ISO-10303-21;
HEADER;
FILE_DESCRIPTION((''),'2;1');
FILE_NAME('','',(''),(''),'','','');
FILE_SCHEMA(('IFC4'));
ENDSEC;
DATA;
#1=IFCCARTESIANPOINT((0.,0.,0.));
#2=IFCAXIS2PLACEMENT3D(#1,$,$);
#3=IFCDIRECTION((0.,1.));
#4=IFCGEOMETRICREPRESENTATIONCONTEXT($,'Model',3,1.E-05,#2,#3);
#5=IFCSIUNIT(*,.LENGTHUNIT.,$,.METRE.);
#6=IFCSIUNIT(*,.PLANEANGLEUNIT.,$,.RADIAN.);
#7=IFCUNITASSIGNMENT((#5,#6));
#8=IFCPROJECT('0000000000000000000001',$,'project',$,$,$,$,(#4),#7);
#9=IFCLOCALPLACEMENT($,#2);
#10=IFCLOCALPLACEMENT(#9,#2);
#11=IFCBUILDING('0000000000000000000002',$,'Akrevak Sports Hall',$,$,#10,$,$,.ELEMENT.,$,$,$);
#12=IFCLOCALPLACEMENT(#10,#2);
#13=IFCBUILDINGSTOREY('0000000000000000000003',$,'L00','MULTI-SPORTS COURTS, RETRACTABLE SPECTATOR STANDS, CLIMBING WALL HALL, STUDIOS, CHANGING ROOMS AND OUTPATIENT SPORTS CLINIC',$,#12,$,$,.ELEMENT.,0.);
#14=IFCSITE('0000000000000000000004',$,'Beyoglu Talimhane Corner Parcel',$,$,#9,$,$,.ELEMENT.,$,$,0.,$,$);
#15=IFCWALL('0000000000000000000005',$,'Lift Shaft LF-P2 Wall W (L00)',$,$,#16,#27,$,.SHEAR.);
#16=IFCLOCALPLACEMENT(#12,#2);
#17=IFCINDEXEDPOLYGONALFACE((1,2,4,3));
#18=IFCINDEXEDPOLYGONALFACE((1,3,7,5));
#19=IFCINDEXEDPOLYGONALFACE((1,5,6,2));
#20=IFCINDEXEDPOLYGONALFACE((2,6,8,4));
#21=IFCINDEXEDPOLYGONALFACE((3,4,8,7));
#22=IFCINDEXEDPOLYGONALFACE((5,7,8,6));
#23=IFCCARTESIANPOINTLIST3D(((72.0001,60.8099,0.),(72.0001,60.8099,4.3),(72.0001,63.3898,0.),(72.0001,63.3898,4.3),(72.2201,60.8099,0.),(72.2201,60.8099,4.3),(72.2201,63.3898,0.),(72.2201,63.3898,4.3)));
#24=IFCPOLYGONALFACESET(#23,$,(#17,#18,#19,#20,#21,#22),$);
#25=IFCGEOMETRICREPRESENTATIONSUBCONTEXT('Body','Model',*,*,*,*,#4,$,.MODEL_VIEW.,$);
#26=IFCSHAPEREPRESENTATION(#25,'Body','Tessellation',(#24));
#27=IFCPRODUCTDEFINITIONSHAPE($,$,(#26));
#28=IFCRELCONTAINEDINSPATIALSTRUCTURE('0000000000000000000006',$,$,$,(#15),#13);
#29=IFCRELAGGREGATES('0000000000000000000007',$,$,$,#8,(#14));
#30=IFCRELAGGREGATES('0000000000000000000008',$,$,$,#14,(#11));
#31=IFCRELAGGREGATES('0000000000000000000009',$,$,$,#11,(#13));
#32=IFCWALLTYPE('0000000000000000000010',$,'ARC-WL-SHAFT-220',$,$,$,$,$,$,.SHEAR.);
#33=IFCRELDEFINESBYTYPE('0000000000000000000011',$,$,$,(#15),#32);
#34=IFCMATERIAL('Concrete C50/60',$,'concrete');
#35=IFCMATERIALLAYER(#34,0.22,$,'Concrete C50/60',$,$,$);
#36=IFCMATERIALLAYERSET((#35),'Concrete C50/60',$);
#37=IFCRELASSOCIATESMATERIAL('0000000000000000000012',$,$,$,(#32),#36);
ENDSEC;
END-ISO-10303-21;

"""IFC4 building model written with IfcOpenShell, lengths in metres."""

from ifc_helpers import new_model, si_unit, direction, frame, frame_2d, origin, place, context, subcontext, project, spatial, rectangle, extrude, material, layer, layer_set, type_object, element, save


model = new_model("IFC4")

# Units and contexts
model_context = context("Model", 3, precision=1e-05, world=origin(), true_north=direction((0.0, 1.0)))
body_context = subcontext(model_context, "Body", "Model", "MODEL_VIEW")
ifc_project = project(units=[si_unit("LENGTHUNIT", "METRE"), si_unit("PLANEANGLEUNIT", "RADIAN")], contexts=[model_context])

# Site, building, storey
site_placement = place(None, origin())
site = spatial("IfcSite", under=ifc_project, at=site_placement, Name="Beyoglu Talimhane Corner Parcel", CompositionType="ELEMENT", RefElevation=0.0)
building_placement = place(site_placement, origin())
building = spatial("IfcBuilding", under=site, at=building_placement, Name="Akrevak Sports Hall", CompositionType="ELEMENT")
storey_placement = place(building_placement, origin())
storey = spatial("IfcBuildingStorey", under=building, at=storey_placement, Name="L00", Description="MULTI-SPORTS COURTS, RETRACTABLE SPECTATOR STANDS, CLIMBING WALL HALL, STUDIOS, CHANGING ROOMS AND OUTPATIENT SPORTS CLINIC", CompositionType="ELEMENT", Elevation=0.0)

# Shared definitions
ifc_material_1 = material(Name="Concrete C50/60", Category="concrete")

# Shared definitions
ifc_layer_1 = layer(ifc_material_1, 0.22, Name="Concrete C50/60")
ifc_layer_set_1 = layer_set([ifc_layer_1], Name="Concrete C50/60")
wall_type_1 = type_object("IfcWallType", Name="ARC-WL-SHAFT-220", PredefinedType="SHEAR", material=ifc_layer_set_1)

# Wall
wall_1_placement = place(storey_placement, frame((72.1101, 63.3899, 0.0), z_axis=(0.0, 0.0, 1.0), x_axis=(0.0, -1.0, 0.0)))
element("IfcWall", 1, at=wall_1_placement, inside=storey, type_object=wall_type_1, Name="Lift Shaft LF-P2 Wall W (L00)", PredefinedType="SHEAR", context=body_context, shape_type="SweptSolid", body=[
    extrude(rectangle(XDim=2.5798, YDim=0.22, at=frame_2d((1.29, 0.0))), origin(), (0.0, 0.0, 1.0), 4.3),
])

save(model, "model.ifc")
